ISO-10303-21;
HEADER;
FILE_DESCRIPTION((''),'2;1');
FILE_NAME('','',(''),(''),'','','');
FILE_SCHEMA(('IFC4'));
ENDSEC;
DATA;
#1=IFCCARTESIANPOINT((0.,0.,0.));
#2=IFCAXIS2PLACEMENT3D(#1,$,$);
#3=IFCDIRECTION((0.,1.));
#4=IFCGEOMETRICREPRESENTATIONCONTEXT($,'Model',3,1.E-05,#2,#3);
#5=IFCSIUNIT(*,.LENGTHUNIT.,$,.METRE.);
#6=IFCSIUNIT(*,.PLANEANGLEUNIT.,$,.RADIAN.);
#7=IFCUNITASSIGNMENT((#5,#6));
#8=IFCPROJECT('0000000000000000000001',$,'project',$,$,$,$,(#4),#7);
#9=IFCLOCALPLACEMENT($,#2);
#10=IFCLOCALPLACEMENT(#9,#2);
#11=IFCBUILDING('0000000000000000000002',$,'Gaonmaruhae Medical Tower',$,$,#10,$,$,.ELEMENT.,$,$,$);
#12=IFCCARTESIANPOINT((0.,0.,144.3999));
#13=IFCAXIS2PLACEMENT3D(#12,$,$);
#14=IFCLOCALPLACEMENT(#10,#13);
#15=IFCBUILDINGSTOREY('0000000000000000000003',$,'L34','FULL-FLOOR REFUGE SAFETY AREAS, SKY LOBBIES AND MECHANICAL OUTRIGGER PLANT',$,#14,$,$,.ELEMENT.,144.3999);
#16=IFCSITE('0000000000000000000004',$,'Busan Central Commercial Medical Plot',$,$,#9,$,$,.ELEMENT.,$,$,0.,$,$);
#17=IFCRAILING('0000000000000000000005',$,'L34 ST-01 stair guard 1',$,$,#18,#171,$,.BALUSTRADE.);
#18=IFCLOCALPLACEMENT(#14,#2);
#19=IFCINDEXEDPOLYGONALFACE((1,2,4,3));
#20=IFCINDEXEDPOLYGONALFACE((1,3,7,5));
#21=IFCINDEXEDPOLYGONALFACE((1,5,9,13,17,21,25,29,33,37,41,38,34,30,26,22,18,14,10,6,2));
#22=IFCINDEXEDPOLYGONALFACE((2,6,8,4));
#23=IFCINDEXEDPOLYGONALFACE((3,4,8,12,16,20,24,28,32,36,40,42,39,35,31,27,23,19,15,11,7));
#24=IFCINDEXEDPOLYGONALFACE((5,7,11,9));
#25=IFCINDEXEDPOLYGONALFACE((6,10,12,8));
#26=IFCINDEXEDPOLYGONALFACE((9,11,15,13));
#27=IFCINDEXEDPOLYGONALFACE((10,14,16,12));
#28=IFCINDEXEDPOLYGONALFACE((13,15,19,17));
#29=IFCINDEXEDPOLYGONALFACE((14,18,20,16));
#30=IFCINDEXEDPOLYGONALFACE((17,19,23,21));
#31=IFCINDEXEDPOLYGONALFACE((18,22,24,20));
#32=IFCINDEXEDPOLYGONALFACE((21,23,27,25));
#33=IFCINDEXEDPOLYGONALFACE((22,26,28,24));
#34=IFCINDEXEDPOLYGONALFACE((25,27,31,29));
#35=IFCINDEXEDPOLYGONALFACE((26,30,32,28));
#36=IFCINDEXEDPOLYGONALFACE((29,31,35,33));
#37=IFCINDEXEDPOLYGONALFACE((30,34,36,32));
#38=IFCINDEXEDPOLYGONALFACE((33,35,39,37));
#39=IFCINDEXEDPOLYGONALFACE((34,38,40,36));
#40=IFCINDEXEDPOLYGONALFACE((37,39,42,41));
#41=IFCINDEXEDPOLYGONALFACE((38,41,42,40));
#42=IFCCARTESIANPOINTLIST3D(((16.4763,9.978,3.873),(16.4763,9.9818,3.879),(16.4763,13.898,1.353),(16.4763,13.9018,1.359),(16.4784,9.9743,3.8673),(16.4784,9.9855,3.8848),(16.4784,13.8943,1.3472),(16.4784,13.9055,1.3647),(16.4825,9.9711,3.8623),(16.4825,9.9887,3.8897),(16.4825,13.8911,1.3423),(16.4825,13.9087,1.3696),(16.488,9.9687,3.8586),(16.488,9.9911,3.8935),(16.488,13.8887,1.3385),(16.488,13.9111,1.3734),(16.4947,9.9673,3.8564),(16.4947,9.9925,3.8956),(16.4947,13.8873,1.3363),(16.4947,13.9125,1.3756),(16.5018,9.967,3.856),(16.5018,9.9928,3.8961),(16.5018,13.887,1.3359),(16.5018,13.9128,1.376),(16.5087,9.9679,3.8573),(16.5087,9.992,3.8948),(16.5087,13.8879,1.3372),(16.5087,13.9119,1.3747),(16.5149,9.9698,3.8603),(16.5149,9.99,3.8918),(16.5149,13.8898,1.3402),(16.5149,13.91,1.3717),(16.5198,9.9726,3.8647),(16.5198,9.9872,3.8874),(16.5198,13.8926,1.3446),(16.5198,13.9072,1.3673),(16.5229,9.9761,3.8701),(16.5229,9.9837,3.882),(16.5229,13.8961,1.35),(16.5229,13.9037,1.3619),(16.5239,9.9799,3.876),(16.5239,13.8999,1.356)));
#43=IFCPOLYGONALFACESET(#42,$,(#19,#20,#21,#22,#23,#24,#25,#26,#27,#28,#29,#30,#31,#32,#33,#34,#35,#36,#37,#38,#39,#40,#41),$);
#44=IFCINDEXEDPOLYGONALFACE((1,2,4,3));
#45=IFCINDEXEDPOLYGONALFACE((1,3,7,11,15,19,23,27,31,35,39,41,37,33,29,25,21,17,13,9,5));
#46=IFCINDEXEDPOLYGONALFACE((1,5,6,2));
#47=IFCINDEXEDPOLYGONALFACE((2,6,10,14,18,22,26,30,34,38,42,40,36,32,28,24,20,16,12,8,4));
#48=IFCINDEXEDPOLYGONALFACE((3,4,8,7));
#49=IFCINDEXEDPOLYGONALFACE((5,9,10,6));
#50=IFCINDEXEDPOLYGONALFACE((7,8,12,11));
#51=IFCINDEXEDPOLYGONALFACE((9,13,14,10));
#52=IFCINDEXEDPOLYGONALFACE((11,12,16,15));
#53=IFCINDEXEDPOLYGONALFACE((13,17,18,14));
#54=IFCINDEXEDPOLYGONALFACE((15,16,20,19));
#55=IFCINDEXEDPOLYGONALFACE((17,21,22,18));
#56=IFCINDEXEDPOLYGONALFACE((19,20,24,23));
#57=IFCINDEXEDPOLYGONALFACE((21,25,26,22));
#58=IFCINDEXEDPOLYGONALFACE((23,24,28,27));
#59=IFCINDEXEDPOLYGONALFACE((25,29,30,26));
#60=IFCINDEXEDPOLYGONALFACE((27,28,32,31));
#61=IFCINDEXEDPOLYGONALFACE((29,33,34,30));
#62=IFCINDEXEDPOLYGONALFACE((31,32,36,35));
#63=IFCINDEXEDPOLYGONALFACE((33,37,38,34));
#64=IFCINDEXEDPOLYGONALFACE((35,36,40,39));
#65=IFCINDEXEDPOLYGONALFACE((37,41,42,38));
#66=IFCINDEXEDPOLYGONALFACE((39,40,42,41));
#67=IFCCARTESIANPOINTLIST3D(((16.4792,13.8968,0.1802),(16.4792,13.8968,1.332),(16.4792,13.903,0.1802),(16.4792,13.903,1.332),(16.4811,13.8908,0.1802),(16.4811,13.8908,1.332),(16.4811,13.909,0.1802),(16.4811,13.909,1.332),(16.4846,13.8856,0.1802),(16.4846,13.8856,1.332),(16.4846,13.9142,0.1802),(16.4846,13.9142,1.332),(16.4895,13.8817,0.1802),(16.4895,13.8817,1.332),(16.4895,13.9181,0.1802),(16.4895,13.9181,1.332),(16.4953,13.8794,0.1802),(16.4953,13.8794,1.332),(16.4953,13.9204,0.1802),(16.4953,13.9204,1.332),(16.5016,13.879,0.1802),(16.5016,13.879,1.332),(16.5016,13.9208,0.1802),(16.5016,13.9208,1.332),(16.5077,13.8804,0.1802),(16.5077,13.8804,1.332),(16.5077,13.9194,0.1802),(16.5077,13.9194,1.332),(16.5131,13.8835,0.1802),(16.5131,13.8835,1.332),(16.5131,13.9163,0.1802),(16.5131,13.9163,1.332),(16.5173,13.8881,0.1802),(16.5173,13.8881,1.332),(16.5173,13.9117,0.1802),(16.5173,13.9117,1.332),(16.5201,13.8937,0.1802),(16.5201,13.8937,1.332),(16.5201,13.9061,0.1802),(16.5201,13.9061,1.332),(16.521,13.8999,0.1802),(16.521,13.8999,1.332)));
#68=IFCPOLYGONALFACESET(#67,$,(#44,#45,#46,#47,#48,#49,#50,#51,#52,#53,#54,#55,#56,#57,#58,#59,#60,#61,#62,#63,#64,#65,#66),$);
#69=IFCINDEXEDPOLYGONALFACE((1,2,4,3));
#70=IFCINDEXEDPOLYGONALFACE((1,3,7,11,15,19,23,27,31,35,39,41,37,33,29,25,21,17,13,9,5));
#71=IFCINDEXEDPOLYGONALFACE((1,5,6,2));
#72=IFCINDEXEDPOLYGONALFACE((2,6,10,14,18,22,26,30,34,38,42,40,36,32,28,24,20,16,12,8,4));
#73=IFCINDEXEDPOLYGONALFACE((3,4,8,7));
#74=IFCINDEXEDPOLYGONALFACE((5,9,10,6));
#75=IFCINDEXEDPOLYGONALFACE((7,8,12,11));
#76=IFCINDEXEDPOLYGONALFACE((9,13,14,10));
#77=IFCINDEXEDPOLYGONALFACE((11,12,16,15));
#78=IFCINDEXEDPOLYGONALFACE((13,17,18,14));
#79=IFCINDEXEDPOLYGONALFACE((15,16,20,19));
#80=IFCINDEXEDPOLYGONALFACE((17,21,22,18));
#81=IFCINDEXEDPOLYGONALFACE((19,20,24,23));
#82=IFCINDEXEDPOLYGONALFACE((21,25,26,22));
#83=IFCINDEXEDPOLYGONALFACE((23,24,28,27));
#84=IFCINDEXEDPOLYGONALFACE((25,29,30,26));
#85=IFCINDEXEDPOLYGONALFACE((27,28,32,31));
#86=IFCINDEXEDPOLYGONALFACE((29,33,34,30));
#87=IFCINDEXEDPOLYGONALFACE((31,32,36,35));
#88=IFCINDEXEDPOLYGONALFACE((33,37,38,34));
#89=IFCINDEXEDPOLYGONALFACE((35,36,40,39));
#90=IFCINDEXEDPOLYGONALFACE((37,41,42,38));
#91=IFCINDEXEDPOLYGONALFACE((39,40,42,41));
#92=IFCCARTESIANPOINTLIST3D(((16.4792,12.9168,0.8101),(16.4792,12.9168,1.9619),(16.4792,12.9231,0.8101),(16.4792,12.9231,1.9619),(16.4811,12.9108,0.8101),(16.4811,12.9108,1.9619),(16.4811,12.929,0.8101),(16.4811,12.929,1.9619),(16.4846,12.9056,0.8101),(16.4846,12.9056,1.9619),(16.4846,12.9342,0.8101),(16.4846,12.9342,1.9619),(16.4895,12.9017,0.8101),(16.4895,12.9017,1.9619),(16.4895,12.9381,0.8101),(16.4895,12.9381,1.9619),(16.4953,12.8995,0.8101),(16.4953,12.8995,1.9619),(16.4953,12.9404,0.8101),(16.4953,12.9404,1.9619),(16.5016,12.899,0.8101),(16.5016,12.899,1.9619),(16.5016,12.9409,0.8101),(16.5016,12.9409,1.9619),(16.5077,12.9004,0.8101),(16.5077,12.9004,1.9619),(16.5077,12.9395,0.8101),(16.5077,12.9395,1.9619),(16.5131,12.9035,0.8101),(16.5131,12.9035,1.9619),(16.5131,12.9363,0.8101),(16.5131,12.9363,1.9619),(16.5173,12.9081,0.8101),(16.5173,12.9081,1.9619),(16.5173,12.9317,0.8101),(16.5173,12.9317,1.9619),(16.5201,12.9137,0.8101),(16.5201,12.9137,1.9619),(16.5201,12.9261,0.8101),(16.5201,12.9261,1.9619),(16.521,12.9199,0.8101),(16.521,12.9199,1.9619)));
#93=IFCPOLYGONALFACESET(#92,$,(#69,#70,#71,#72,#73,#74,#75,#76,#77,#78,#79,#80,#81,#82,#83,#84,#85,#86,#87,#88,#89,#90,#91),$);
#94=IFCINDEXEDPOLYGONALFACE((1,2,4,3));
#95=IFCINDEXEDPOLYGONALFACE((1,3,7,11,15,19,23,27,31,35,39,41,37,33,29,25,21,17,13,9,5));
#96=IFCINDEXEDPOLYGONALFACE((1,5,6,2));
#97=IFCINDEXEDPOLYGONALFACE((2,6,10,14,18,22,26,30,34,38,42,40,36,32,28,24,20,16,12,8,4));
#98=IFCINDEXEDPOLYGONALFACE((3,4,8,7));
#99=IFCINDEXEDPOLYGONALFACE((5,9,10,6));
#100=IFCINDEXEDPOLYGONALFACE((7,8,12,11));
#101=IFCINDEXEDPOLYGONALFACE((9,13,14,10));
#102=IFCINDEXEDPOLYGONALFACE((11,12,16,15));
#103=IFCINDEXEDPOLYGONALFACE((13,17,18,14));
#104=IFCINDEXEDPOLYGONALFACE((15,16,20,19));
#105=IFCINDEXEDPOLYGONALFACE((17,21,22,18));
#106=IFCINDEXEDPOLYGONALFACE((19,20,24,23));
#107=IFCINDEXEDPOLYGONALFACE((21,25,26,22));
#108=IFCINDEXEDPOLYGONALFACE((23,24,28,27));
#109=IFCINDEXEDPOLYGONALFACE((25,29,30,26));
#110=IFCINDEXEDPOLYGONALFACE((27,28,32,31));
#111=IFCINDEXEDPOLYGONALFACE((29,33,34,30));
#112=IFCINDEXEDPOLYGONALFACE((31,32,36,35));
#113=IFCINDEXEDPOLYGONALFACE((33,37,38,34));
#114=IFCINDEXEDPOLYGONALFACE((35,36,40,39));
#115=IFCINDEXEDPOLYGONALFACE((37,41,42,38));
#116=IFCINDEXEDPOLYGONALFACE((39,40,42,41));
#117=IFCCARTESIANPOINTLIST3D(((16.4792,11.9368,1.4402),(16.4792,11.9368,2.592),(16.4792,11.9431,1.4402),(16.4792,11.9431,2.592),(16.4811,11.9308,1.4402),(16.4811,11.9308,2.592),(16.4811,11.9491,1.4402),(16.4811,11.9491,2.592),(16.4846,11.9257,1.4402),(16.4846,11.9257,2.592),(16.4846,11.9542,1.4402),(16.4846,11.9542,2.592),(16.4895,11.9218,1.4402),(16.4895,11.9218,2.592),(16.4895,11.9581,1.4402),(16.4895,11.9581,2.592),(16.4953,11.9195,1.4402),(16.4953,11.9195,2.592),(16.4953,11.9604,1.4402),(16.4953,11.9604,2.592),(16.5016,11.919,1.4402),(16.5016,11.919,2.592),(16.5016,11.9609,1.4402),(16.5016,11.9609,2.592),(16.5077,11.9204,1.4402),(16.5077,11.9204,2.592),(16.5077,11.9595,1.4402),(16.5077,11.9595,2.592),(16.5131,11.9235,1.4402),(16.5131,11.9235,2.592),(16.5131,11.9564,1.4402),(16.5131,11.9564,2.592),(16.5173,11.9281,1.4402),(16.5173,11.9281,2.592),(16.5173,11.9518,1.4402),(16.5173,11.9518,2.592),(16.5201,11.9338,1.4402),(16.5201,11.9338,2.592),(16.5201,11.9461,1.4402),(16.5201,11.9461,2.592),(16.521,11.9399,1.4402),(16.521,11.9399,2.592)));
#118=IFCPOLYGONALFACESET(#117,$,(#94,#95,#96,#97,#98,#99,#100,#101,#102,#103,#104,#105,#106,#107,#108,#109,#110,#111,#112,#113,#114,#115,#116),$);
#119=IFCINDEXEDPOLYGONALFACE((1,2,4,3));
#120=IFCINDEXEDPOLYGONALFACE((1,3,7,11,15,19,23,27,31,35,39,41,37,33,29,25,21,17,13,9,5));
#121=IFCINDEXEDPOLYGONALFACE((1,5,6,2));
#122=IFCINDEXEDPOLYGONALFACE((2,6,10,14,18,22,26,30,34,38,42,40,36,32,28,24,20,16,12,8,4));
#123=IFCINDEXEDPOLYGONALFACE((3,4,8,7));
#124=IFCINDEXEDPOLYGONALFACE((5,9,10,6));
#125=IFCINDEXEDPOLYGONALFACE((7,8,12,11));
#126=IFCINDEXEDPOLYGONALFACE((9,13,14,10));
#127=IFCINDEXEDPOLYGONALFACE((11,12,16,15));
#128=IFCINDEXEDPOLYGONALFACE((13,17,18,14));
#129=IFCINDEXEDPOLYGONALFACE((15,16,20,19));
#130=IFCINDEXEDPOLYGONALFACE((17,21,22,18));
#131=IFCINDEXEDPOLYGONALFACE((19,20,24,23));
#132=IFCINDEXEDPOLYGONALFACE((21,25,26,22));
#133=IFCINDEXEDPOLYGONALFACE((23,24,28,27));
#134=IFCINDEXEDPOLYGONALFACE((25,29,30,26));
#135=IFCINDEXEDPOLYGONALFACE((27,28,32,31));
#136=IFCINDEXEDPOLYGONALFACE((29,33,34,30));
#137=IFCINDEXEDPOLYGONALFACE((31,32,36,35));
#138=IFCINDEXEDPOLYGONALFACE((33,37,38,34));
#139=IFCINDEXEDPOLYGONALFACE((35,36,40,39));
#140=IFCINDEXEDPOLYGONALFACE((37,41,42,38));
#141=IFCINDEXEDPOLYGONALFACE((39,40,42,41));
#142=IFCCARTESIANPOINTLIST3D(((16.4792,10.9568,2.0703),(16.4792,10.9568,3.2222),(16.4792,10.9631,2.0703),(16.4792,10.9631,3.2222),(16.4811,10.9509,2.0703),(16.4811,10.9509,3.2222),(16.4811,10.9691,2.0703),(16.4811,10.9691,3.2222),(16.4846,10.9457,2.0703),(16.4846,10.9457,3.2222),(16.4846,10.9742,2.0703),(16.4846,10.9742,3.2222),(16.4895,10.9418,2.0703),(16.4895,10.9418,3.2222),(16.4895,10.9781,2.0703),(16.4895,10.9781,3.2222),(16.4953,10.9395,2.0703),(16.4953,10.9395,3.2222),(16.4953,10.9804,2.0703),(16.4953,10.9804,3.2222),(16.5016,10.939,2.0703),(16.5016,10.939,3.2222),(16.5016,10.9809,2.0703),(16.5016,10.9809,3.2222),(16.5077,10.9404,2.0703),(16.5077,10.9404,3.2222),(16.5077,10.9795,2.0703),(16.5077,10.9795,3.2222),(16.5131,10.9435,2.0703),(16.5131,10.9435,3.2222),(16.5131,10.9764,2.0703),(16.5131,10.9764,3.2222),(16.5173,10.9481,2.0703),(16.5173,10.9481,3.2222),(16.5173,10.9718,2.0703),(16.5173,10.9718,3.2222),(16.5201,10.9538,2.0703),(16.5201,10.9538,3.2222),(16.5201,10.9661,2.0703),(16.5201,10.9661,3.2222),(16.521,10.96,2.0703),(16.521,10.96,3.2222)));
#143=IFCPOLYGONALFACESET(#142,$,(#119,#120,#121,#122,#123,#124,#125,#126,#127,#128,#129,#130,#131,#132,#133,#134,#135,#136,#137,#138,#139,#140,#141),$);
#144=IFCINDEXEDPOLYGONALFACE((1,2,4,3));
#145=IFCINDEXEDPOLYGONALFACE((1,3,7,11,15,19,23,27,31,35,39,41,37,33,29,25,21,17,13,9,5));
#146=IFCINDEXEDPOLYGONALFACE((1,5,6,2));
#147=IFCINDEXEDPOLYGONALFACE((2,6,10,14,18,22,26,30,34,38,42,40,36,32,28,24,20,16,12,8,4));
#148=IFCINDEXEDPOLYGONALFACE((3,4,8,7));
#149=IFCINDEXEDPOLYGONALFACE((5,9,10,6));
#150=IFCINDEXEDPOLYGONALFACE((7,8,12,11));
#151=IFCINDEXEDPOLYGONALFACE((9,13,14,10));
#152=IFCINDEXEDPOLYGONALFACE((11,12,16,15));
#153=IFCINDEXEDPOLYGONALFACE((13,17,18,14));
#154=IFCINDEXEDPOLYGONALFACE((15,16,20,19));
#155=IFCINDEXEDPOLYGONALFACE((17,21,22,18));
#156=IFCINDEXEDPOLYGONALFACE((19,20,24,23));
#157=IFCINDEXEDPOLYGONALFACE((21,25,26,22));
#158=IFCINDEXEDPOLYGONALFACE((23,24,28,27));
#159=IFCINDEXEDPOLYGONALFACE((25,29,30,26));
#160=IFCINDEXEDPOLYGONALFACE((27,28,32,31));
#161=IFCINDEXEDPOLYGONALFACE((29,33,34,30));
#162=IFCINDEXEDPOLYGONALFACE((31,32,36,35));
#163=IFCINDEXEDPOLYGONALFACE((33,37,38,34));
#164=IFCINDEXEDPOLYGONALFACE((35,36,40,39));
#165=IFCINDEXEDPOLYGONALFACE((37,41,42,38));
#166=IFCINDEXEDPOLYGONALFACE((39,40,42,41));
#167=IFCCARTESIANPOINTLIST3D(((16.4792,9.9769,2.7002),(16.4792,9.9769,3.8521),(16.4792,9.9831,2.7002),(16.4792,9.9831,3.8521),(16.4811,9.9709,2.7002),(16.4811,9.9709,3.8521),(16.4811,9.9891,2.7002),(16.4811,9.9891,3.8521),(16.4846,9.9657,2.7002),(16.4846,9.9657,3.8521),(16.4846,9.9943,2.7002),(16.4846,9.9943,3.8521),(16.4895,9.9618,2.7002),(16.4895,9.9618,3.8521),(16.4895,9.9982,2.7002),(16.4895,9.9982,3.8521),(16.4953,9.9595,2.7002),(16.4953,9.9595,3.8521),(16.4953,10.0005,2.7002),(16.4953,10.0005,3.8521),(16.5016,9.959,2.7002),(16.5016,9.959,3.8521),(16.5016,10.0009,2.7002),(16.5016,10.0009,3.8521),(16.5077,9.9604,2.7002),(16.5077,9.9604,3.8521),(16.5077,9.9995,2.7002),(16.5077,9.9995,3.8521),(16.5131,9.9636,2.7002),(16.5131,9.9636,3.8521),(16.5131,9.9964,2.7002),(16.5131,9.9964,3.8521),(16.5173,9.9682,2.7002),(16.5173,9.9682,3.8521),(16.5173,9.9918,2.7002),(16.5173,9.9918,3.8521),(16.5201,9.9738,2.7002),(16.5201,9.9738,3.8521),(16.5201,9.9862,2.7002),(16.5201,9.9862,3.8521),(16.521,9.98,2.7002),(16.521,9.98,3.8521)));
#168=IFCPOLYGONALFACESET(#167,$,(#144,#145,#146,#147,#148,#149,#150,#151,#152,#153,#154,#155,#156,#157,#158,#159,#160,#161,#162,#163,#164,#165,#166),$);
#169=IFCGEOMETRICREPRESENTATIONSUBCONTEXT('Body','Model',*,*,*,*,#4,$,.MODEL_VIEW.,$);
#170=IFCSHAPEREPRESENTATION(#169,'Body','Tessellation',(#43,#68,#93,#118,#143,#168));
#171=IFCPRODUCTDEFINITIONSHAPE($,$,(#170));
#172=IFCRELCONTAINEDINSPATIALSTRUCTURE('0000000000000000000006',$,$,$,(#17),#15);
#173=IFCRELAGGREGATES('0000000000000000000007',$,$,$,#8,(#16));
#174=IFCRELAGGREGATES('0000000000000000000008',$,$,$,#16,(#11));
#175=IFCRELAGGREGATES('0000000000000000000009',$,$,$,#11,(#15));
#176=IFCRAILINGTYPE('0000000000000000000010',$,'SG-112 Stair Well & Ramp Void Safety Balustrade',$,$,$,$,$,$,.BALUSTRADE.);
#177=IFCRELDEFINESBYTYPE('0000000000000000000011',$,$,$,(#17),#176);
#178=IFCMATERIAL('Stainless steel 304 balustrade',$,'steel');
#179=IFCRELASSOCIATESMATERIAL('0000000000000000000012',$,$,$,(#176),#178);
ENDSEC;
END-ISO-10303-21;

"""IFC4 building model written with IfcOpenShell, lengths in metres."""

from ifc_helpers import new_model, si_unit, direction, frame, origin, origin_2d, place, context, subcontext, project, spatial, circle, extrude, material, type_object, element, save


model = new_model("IFC4")

# Units and contexts
model_context = context("Model", 3, precision=1e-05, world=origin(), true_north=direction((0.0, 1.0)))
body_context = subcontext(model_context, "Body", "Model", "MODEL_VIEW")
ifc_project = project(units=[si_unit("LENGTHUNIT", "METRE"), si_unit("PLANEANGLEUNIT", "RADIAN")], contexts=[model_context])

# Site, building, storey
site_placement = place(None, origin())
site = spatial("IfcSite", under=ifc_project, at=site_placement, Name="Busan Central Commercial Medical Plot", CompositionType="ELEMENT", RefElevation=0.0)
building_placement = place(site_placement, origin())
building = spatial("IfcBuilding", under=site, at=building_placement, Name="Gaonmaruhae Medical Tower", CompositionType="ELEMENT")
storey_placement = place(building_placement, frame((0.0, 0.0, 144.3999)))
storey = spatial("IfcBuildingStorey", under=building, at=storey_placement, Name="L34", Description="FULL-FLOOR REFUGE SAFETY AREAS, SKY LOBBIES AND MECHANICAL OUTRIGGER PLANT", CompositionType="ELEMENT", Elevation=144.3999)

# Railing
ifc_material_1 = material(Name="Stainless steel 304 balustrade", Category="steel")
railing_type_1 = type_object("IfcRailingType", Name="SG-112 Stair Well & Ramp Void Safety Balustrade", PredefinedType="BALUSTRADE", material=ifc_material_1)
railing_1_placement = place(storey_placement, frame((16.5, 13.8999, 0.1802)))
element("IfcRailing", 1, at=railing_1_placement, inside=storey, type_object=railing_type_1, Name="L34 ST-01 stair guard 1", PredefinedType="BALUSTRADE", context=body_context, shape_type="SweptSolid", body=[
    extrude(circle(Radius=0.0239, at=origin_2d()), frame((0.0, 0.0, 1.1758), z_axis=(0.0, -0.841172, 0.540768), x_axis=(1.0, 0.0, 0.0)), (0.0, 0.0, 1.0), 4.6602),
    extrude(circle(Radius=0.021, at=origin_2d()), origin(), (0.0, 0.0, 1.0), 1.1519),
    extrude(circle(Radius=0.021, at=origin_2d()), frame((0.0, -0.98, 0.6299)), (0.0, 0.0, 1.0), 1.1519),
    extrude(circle(Radius=0.021, at=origin_2d()), frame((0.0, -1.96, 1.26)), (0.0, 0.0, 1.0), 1.1519),
    extrude(circle(Radius=0.021, at=origin_2d()), frame((0.0, -2.9399, 1.8901)), (0.0, 0.0, 1.0), 1.1519),
    extrude(circle(Radius=0.021, at=origin_2d()), frame((0.0, -3.9199, 2.52)), (0.0, 0.0, 1.0), 1.1519),
])

save(model, "model.ifc")
